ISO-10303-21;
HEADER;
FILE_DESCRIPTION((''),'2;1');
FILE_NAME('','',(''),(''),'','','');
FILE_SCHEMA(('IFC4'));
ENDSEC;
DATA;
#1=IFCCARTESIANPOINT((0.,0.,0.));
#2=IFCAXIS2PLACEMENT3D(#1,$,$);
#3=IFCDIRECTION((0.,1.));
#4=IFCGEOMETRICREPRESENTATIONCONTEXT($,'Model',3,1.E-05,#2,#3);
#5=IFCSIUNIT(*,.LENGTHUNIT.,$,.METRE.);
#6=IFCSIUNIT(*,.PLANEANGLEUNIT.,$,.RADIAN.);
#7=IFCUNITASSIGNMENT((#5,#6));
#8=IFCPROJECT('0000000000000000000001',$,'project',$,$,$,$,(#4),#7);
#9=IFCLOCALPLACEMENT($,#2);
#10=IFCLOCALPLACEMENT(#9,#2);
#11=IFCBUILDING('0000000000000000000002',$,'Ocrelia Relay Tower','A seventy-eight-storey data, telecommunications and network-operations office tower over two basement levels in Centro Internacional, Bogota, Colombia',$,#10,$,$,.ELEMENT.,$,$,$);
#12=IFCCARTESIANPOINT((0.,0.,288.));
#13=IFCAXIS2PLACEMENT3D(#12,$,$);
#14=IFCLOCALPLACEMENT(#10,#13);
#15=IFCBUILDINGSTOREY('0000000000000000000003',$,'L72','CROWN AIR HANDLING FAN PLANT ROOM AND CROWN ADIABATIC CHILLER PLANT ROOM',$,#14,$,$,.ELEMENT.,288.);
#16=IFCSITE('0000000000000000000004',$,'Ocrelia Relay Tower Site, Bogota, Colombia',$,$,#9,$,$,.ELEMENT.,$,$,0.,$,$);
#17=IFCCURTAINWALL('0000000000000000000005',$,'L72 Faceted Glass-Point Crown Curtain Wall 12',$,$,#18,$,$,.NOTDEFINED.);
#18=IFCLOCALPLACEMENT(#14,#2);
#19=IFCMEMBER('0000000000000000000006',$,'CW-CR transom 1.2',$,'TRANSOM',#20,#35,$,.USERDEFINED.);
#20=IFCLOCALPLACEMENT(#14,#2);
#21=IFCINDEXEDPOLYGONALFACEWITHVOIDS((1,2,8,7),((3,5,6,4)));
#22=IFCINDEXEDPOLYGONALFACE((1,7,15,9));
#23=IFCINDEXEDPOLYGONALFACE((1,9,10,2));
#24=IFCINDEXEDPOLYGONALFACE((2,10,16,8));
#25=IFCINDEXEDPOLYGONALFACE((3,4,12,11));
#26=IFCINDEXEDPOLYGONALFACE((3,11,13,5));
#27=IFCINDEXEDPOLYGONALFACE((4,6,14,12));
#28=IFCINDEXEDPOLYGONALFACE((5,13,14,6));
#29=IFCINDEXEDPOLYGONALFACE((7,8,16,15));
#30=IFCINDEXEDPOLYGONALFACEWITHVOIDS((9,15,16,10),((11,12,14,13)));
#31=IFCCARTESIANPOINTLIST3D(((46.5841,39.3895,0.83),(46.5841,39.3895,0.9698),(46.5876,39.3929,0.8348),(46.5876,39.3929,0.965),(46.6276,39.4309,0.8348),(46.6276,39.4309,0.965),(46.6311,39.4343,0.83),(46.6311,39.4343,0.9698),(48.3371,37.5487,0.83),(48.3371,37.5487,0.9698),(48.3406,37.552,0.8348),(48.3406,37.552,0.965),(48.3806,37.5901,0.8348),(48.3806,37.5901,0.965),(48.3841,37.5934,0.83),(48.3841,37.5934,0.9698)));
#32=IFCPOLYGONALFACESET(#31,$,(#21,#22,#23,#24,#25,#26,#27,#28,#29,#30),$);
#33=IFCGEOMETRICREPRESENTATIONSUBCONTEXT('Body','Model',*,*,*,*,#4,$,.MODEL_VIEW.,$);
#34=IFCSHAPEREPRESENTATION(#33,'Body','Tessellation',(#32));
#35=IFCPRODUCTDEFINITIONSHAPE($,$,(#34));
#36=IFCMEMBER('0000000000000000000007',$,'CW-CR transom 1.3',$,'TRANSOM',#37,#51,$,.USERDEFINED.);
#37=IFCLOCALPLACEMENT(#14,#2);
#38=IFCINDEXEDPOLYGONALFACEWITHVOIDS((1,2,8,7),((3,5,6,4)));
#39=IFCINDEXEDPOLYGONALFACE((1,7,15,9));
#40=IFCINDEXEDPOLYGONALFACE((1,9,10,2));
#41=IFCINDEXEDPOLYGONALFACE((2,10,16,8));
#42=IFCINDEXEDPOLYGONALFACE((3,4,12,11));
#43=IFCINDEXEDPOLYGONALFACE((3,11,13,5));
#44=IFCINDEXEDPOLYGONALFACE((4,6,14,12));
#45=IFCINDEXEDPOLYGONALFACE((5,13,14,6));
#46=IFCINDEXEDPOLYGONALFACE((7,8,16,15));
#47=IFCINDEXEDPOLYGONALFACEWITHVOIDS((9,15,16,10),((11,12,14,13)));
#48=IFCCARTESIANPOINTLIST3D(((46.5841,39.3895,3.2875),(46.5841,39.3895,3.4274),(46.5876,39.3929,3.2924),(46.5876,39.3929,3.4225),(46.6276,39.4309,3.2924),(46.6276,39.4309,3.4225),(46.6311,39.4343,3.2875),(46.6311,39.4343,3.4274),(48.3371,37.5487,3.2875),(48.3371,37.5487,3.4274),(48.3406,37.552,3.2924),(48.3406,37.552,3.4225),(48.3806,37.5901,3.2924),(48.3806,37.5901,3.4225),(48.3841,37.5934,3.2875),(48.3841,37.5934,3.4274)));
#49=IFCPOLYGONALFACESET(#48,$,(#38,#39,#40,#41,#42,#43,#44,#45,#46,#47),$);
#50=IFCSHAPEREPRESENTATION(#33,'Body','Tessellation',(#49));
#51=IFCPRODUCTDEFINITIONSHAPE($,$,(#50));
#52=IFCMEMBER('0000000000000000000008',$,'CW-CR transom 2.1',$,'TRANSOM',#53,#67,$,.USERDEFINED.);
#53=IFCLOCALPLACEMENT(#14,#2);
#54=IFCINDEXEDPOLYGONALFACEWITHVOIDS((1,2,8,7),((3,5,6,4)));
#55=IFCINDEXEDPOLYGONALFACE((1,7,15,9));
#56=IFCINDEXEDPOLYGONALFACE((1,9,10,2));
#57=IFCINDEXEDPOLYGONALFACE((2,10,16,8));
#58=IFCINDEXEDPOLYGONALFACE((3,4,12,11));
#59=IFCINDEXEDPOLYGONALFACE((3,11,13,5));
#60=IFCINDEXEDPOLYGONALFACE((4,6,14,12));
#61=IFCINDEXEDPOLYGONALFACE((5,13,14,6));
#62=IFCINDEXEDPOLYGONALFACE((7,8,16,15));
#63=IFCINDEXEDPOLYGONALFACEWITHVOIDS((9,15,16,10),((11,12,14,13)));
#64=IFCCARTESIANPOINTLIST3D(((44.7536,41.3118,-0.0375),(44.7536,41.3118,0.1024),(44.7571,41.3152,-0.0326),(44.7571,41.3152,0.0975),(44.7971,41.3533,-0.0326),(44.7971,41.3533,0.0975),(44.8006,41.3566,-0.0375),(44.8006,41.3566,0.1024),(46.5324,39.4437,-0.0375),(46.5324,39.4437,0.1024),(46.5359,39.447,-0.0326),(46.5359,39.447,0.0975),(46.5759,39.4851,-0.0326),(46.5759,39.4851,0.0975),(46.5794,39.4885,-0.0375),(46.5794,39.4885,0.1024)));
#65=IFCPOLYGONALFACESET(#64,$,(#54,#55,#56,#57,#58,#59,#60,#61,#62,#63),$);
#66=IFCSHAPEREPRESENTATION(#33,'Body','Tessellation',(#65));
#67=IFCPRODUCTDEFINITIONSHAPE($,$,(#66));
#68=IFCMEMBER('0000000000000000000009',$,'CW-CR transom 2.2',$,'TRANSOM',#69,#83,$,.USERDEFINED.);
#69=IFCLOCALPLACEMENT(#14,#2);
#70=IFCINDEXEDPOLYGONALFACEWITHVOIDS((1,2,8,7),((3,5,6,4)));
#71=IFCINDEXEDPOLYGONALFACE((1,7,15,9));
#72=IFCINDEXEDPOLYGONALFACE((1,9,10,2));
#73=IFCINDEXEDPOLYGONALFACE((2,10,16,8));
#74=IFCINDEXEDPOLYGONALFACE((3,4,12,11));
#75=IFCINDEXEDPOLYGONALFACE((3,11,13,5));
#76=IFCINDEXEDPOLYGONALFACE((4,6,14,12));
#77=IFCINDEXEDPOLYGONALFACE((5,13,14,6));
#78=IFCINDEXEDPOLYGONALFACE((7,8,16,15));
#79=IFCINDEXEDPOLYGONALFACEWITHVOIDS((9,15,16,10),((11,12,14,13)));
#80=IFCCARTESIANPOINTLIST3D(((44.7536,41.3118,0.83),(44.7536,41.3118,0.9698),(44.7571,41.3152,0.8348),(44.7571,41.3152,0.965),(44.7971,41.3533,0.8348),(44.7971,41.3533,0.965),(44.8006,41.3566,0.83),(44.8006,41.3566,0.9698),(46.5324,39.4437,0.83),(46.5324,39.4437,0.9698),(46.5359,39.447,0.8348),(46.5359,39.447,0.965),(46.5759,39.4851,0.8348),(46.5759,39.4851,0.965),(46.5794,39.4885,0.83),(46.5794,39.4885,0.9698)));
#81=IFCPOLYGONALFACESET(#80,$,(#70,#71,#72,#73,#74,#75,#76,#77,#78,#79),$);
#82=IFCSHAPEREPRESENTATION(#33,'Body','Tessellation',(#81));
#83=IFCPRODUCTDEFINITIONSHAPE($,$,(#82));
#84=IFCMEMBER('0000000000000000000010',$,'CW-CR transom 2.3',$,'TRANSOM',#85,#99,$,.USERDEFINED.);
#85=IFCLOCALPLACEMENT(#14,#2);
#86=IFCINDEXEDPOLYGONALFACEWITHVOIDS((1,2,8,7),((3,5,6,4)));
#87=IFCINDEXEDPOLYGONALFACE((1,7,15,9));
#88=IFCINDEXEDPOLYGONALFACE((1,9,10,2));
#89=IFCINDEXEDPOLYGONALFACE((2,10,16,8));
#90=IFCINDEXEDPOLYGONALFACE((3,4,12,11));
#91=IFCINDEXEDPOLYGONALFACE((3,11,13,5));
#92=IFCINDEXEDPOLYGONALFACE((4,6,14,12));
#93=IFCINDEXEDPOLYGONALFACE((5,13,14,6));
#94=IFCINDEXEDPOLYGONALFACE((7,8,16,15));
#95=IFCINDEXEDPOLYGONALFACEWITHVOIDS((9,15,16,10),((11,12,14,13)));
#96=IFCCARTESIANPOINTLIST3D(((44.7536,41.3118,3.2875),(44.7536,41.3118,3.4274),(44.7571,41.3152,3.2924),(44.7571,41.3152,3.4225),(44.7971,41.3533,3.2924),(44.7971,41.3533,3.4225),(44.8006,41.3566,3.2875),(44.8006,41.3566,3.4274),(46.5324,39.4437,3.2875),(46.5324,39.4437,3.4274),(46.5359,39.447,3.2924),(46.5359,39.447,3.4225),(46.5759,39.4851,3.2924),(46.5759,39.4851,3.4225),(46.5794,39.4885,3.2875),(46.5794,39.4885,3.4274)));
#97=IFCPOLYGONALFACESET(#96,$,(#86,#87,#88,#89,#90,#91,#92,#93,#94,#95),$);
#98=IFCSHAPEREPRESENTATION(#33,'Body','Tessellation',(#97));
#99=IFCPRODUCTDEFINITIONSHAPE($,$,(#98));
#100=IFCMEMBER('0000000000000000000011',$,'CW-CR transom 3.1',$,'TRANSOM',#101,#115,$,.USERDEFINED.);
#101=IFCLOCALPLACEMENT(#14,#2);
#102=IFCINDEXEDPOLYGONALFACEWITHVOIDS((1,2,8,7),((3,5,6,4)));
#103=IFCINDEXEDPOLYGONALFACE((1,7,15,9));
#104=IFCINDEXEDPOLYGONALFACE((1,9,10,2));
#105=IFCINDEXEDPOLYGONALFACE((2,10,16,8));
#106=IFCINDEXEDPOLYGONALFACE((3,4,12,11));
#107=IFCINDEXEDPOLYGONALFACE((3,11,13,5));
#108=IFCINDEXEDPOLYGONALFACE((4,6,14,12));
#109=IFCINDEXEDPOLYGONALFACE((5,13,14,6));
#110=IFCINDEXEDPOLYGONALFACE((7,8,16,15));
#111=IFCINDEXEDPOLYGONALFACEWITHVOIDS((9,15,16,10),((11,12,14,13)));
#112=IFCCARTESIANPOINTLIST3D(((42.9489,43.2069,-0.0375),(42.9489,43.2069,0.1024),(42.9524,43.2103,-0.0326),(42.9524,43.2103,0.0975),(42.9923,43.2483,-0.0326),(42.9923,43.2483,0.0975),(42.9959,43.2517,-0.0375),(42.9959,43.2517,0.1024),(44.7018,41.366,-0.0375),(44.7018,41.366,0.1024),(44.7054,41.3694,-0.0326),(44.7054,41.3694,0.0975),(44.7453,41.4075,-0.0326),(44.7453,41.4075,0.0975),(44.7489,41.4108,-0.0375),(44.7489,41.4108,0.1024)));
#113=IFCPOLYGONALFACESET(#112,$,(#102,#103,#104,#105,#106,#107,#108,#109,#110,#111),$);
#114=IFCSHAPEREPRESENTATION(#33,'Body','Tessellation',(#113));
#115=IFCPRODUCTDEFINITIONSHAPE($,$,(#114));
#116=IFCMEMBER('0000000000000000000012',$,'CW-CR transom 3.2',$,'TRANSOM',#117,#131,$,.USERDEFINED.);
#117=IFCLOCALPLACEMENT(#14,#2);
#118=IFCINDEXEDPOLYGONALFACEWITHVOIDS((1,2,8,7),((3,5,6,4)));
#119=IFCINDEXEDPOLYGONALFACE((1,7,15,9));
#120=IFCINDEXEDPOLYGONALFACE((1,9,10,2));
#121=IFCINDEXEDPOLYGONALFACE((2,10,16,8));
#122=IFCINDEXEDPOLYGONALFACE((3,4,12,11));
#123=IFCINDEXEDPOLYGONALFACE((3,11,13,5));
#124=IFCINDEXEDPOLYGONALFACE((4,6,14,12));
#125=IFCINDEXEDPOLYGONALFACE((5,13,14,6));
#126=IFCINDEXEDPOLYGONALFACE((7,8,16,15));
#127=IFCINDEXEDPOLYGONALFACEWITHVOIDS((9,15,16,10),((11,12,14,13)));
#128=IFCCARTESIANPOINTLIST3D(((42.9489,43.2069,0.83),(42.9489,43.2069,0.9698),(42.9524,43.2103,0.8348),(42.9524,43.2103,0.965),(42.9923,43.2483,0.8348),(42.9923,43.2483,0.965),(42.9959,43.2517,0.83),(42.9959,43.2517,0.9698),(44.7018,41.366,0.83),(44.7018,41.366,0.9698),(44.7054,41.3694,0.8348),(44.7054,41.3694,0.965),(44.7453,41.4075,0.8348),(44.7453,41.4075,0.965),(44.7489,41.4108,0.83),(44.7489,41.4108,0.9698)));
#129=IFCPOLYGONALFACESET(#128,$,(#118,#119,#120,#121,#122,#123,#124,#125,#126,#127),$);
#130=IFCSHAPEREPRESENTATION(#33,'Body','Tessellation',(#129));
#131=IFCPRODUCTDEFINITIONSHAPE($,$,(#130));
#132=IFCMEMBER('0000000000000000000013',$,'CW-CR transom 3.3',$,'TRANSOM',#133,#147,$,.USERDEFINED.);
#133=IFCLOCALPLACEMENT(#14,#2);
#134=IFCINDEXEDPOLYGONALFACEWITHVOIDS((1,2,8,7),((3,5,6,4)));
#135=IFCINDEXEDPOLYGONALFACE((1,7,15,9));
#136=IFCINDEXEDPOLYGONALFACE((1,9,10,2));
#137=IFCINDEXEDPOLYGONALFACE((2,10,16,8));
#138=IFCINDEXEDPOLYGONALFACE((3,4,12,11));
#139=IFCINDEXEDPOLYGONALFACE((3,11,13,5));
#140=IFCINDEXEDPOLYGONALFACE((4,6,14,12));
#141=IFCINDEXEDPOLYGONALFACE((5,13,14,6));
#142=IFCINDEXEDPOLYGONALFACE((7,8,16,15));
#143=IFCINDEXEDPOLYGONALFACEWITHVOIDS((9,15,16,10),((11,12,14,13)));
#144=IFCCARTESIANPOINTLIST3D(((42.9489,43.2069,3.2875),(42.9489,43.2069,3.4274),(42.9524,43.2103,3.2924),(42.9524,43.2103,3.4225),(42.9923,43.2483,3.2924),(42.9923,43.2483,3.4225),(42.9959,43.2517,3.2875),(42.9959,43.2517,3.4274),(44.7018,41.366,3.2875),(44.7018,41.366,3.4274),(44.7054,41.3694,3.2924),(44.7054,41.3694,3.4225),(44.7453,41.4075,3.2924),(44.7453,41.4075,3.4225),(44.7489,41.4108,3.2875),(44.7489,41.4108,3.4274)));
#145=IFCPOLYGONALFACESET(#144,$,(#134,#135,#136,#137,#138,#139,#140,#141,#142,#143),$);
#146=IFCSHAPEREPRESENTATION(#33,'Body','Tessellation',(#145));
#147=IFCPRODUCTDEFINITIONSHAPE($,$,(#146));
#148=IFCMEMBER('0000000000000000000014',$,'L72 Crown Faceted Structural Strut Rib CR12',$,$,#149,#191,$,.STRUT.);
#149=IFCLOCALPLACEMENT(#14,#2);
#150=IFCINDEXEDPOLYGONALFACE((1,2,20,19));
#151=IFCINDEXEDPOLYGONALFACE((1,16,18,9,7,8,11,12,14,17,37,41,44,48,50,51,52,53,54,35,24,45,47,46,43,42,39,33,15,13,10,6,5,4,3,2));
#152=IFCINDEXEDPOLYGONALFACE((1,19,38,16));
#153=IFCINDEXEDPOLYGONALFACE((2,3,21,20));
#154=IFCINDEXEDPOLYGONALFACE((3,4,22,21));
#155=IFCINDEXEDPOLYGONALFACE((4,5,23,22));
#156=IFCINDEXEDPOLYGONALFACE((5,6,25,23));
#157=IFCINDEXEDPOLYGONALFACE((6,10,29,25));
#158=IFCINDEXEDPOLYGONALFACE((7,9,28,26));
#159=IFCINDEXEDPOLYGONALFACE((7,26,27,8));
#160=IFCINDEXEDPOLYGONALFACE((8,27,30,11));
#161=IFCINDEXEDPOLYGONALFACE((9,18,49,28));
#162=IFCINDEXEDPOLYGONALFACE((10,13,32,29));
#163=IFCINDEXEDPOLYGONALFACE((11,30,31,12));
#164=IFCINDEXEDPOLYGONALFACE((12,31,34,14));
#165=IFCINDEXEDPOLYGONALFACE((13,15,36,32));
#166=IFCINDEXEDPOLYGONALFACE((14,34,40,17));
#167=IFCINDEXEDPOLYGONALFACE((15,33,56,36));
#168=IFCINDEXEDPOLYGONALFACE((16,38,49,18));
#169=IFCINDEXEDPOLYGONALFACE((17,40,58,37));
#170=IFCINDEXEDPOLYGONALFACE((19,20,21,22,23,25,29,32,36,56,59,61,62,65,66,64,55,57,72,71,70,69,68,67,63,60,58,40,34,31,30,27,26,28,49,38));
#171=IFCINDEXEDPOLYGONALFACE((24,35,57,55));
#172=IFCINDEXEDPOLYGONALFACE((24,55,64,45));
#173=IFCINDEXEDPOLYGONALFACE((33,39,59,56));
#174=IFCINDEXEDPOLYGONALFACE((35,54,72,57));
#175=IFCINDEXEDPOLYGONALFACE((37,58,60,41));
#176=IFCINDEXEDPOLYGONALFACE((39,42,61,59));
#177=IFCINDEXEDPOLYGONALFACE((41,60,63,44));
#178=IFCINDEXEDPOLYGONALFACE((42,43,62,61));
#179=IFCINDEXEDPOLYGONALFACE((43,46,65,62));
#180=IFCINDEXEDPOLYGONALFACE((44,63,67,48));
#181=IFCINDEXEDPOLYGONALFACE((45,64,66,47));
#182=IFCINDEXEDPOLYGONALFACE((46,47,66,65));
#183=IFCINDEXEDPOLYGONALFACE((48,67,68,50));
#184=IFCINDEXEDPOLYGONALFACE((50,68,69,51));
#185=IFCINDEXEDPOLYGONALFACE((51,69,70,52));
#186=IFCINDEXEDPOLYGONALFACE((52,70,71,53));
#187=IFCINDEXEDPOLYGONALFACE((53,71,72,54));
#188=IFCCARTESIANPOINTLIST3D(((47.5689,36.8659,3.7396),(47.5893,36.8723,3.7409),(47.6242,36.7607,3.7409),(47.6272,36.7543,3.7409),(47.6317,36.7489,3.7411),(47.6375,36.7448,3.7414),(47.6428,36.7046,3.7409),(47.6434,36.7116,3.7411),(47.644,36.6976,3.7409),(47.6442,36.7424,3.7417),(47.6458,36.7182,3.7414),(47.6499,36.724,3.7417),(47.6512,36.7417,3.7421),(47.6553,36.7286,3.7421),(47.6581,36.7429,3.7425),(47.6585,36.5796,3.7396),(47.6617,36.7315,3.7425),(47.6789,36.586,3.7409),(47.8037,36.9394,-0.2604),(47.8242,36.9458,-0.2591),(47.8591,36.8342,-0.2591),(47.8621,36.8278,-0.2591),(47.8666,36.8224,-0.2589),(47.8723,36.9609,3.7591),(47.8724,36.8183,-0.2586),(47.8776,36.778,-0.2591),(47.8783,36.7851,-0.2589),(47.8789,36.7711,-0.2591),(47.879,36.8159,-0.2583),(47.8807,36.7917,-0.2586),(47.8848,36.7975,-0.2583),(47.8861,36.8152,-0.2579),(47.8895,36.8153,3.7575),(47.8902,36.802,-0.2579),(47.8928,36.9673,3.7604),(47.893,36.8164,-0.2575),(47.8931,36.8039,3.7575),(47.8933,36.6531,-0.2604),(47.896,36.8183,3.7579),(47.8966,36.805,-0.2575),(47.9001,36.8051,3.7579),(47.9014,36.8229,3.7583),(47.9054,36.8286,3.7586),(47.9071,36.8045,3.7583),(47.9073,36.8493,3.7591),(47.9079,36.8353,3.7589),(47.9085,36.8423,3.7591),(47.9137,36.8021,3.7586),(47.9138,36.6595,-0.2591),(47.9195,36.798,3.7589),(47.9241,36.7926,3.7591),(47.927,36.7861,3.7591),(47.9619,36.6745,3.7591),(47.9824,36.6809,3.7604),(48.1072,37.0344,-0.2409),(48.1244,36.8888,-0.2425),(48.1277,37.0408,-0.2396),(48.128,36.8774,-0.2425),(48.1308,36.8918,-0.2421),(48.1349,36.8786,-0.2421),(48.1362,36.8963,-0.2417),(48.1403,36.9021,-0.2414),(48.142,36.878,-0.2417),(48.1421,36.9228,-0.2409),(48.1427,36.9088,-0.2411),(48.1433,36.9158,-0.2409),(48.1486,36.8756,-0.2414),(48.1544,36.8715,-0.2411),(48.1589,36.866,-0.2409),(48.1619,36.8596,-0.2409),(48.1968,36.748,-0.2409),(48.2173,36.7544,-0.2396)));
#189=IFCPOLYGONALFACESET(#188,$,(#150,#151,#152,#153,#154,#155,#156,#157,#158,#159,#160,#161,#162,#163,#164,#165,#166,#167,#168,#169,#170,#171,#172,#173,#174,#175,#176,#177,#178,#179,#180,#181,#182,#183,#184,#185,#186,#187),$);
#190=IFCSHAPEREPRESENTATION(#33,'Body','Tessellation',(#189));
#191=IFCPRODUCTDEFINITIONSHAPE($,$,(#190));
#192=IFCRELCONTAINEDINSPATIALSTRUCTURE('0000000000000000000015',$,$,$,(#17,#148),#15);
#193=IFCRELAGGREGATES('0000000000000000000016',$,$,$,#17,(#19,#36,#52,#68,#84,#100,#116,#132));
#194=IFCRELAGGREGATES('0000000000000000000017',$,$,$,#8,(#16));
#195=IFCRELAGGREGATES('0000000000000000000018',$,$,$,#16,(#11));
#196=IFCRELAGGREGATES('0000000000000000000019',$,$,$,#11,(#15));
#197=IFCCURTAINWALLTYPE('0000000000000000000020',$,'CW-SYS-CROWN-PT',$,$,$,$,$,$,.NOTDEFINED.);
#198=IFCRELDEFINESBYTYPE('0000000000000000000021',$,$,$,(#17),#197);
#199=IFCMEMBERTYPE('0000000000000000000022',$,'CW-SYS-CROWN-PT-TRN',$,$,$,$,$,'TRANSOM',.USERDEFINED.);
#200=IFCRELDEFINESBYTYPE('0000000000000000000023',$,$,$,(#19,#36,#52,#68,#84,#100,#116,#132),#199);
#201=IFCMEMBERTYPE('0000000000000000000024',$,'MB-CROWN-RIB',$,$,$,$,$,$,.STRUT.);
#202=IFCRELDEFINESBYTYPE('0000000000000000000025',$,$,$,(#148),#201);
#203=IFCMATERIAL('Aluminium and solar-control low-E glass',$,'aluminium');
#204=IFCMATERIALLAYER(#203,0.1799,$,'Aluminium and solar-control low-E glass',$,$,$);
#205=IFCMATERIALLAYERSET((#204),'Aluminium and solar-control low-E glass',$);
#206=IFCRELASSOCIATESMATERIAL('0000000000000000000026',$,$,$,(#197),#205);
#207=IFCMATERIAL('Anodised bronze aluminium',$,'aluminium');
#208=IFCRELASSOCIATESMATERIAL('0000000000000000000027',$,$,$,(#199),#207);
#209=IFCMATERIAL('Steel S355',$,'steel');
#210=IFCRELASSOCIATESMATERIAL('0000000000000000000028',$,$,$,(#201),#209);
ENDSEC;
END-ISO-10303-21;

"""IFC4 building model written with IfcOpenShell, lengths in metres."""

from ifc_helpers import new_model, si_unit, direction, frame, origin, origin_2d, place, context, subcontext, project, spatial, hollow_rectangle, i_section, extrude, material, layer, layer_set, material_profile, profile_set, type_object, element, aggregate, save


model = new_model("IFC4")

# Units and contexts
model_context = context("Model", 3, precision=1e-05, world=origin(), true_north=direction((0.0, 1.0)))
body_context = subcontext(model_context, "Body", "Model", "MODEL_VIEW")
ifc_project = project(units=[si_unit("LENGTHUNIT", "METRE"), si_unit("PLANEANGLEUNIT", "RADIAN")], contexts=[model_context])

# Site, building, storey
site_placement = place(None, origin())
site = spatial("IfcSite", under=ifc_project, at=site_placement, Name="Ocrelia Relay Tower Site, Bogota, Colombia", CompositionType="ELEMENT", RefElevation=0.0)
building_placement = place(site_placement, origin())
building = spatial("IfcBuilding", under=site, at=building_placement, Name="Ocrelia Relay Tower", Description="A seventy-eight-storey data, telecommunications and network-operations office tower over two basement levels in Centro Internacional, Bogota, Colombia", CompositionType="ELEMENT")
storey_placement = place(building_placement, frame((0.0, 0.0, 288.0)))
storey = spatial("IfcBuildingStorey", under=building, at=storey_placement, Name="L72", Description="CROWN AIR HANDLING FAN PLANT ROOM AND CROWN ADIABATIC CHILLER PLANT ROOM", CompositionType="ELEMENT", Elevation=288.0)

# Shared definitions
ifc_material_1 = material(Name="Steel S355", Category="steel")

# Shared definitions
ifc_material_2 = material(Name="Aluminium and solar-control low-E glass", Category="aluminium")
ifc_layer_1 = layer(ifc_material_2, 0.1799, Name="Aluminium and solar-control low-E glass")
ifc_layer_set_1 = layer_set([ifc_layer_1], Name="Aluminium and solar-control low-E glass")
curtain_wall_type = type_object("IfcCurtainWallType", Name="CW-SYS-CROWN-PT", PredefinedType="NOTDEFINED", material=ifc_layer_set_1)
ifc_material_3 = material(Name="Anodised bronze aluminium", Category="aluminium")

# Curtain wall, members
curtain_wall_1_placement = place(storey_placement, origin())
curtain_wall_1 = element("IfcCurtainWall", 1, at=curtain_wall_1_placement, inside=storey, type_object=curtain_wall_type, Name="L72 Faceted Glass-Point Crown Curtain Wall 12", PredefinedType="NOTDEFINED")
ifc_material_profile_1 = material_profile(ifc_material_3, hollow_rectangle(XDim=0.0649, YDim=0.1399, WallThickness=0.0049, at=origin_2d()), Name="CW-TRN-140x65")
ifc_profile_set_1 = profile_set([ifc_material_profile_1], Name="Anodised bronze aluminium")
member_type_1 = type_object("IfcMemberType", Name="CW-SYS-CROWN-PT-TRN", ElementType="TRANSOM", PredefinedType="USERDEFINED", material=ifc_profile_set_1)
member_1_placement = place(storey_placement, frame((48.3606, 37.571, 0.8999), z_axis=(-0.689607, 0.724184, 0.0), x_axis=(-0.724184, -0.689607, 0.0)))
member_1 = element("IfcMember", 2, at=member_1_placement, type_object=member_type_1, Name="CW-CR transom 1.2", ObjectType="TRANSOM", PredefinedType="USERDEFINED", context=body_context, shape_type="SweptSolid", body=[
    extrude(hollow_rectangle(XDim=0.0649, YDim=0.1399, WallThickness=0.0049, at=origin_2d()), origin(), (0.0, 0.0, 1.0), 2.542),
])
member_2_placement = place(storey_placement, frame((48.3606, 37.571, 3.3574), z_axis=(-0.689607, 0.724184, 0.0), x_axis=(-0.724184, -0.689607, 0.0)))
member_2 = element("IfcMember", 3, at=member_2_placement, type_object=member_type_1, Name="CW-CR transom 1.3", ObjectType="TRANSOM", PredefinedType="USERDEFINED", context=body_context, shape_type="SweptSolid", body=[
    extrude(hollow_rectangle(XDim=0.0649, YDim=0.1399, WallThickness=0.0049, at=origin_2d()), origin(), (0.0, 0.0, 1.0), 2.542),
])
member_3_placement = place(storey_placement, frame((46.5559, 39.4661, 0.0325), z_axis=(-0.689575, 0.724214, 0.0), x_axis=(-0.724214, -0.689575, 0.0)))
member_3 = element("IfcMember", 4, at=member_3_placement, type_object=member_type_1, Name="CW-CR transom 2.1", ObjectType="TRANSOM", PredefinedType="USERDEFINED", context=body_context, shape_type="SweptSolid", body=[
    extrude(hollow_rectangle(XDim=0.0649, YDim=0.1399, WallThickness=0.0049, at=origin_2d()), origin(), (0.0, 0.0, 1.0), 2.5796),
])
member_4_placement = place(storey_placement, frame((46.5559, 39.4661, 0.8999), z_axis=(-0.689575, 0.724214, 0.0), x_axis=(-0.724214, -0.689575, 0.0)))
member_4 = element("IfcMember", 5, at=member_4_placement, type_object=member_type_1, Name="CW-CR transom 2.2", ObjectType="TRANSOM", PredefinedType="USERDEFINED", context=body_context, shape_type="SweptSolid", body=[
    extrude(hollow_rectangle(XDim=0.0649, YDim=0.1399, WallThickness=0.0049, at=origin_2d()), origin(), (0.0, 0.0, 1.0), 2.5796),
])
member_5_placement = place(storey_placement, frame((46.5559, 39.4661, 3.3574), z_axis=(-0.689575, 0.724214, 0.0), x_axis=(-0.724214, -0.689575, 0.0)))
member_5 = element("IfcMember", 6, at=member_5_placement, type_object=member_type_1, Name="CW-CR transom 2.3", ObjectType="TRANSOM", PredefinedType="USERDEFINED", context=body_context, shape_type="SweptSolid", body=[
    extrude(hollow_rectangle(XDim=0.0649, YDim=0.1399, WallThickness=0.0049, at=origin_2d()), origin(), (0.0, 0.0, 1.0), 2.5796),
])
member_6_placement = place(storey_placement, frame((44.7253, 41.3884, 0.0325), z_axis=(-0.689607, 0.724184, 0.0), x_axis=(-0.724184, -0.689607, 0.0)))
member_6 = element("IfcMember", 7, at=member_6_placement, type_object=member_type_1, Name="CW-CR transom 3.1", ObjectType="TRANSOM", PredefinedType="USERDEFINED", context=body_context, shape_type="SweptSolid", body=[
    extrude(hollow_rectangle(XDim=0.0649, YDim=0.1399, WallThickness=0.0049, at=origin_2d()), origin(), (0.0, 0.0, 1.0), 2.542),
])
member_7_placement = place(storey_placement, frame((44.7253, 41.3884, 0.8999), z_axis=(-0.689607, 0.724184, 0.0), x_axis=(-0.724184, -0.689607, 0.0)))
member_7 = element("IfcMember", 8, at=member_7_placement, type_object=member_type_1, Name="CW-CR transom 3.2", ObjectType="TRANSOM", PredefinedType="USERDEFINED", context=body_context, shape_type="SweptSolid", body=[
    extrude(hollow_rectangle(XDim=0.0649, YDim=0.1399, WallThickness=0.0049, at=origin_2d()), origin(), (0.0, 0.0, 1.0), 2.542),
])
member_8_placement = place(storey_placement, frame((44.7253, 41.3884, 3.3574), z_axis=(-0.689607, 0.724184, 0.0), x_axis=(-0.724184, -0.689607, 0.0)))
member_8 = element("IfcMember", 9, at=member_8_placement, type_object=member_type_1, Name="CW-CR transom 3.3", ObjectType="TRANSOM", PredefinedType="USERDEFINED", context=body_context, shape_type="SweptSolid", body=[
    extrude(hollow_rectangle(XDim=0.0649, YDim=0.1399, WallThickness=0.0049, at=origin_2d()), origin(), (0.0, 0.0, 1.0), 2.542),
])

# Member
ifc_material_profile_2 = material_profile(ifc_material_1, i_section(OverallWidth=0.3, OverallDepth=0.3401, WebThickness=0.012, FlangeThickness=0.0215, FilletRadius=0.0271, at=origin_2d()), Name="HEB 340")
ifc_profile_set_2 = profile_set([ifc_material_profile_2], Name="Steel S355")
member_type_2 = type_object("IfcMemberType", Name="MB-CROWN-RIB", PredefinedType="STRUT", material=ifc_profile_set_2)
member_9_placement = place(storey_placement, frame((48.0105, 36.8469, -0.25), z_axis=(-0.058605, -0.018337, 0.998113), x_axis=(0.298614, -0.954374, 0.0)))
element("IfcMember", 10, at=member_9_placement, inside=storey, type_object=member_type_2, Name="L72 Crown Faceted Structural Strut Rib CR12", PredefinedType="STRUT", context=body_context, shape_type="SweptSolid", body=[
    extrude(i_section(OverallWidth=0.3, OverallDepth=0.3401, WebThickness=0.012, FlangeThickness=0.0215, FilletRadius=0.0271, at=origin_2d()), origin(), (0.0, 0.0, 1.0), 4.0076),
])

aggregate(curtain_wall_1, [member_1, member_2, member_3, member_4, member_5, member_6, member_7, member_8])

save(model, "model.ifc")
